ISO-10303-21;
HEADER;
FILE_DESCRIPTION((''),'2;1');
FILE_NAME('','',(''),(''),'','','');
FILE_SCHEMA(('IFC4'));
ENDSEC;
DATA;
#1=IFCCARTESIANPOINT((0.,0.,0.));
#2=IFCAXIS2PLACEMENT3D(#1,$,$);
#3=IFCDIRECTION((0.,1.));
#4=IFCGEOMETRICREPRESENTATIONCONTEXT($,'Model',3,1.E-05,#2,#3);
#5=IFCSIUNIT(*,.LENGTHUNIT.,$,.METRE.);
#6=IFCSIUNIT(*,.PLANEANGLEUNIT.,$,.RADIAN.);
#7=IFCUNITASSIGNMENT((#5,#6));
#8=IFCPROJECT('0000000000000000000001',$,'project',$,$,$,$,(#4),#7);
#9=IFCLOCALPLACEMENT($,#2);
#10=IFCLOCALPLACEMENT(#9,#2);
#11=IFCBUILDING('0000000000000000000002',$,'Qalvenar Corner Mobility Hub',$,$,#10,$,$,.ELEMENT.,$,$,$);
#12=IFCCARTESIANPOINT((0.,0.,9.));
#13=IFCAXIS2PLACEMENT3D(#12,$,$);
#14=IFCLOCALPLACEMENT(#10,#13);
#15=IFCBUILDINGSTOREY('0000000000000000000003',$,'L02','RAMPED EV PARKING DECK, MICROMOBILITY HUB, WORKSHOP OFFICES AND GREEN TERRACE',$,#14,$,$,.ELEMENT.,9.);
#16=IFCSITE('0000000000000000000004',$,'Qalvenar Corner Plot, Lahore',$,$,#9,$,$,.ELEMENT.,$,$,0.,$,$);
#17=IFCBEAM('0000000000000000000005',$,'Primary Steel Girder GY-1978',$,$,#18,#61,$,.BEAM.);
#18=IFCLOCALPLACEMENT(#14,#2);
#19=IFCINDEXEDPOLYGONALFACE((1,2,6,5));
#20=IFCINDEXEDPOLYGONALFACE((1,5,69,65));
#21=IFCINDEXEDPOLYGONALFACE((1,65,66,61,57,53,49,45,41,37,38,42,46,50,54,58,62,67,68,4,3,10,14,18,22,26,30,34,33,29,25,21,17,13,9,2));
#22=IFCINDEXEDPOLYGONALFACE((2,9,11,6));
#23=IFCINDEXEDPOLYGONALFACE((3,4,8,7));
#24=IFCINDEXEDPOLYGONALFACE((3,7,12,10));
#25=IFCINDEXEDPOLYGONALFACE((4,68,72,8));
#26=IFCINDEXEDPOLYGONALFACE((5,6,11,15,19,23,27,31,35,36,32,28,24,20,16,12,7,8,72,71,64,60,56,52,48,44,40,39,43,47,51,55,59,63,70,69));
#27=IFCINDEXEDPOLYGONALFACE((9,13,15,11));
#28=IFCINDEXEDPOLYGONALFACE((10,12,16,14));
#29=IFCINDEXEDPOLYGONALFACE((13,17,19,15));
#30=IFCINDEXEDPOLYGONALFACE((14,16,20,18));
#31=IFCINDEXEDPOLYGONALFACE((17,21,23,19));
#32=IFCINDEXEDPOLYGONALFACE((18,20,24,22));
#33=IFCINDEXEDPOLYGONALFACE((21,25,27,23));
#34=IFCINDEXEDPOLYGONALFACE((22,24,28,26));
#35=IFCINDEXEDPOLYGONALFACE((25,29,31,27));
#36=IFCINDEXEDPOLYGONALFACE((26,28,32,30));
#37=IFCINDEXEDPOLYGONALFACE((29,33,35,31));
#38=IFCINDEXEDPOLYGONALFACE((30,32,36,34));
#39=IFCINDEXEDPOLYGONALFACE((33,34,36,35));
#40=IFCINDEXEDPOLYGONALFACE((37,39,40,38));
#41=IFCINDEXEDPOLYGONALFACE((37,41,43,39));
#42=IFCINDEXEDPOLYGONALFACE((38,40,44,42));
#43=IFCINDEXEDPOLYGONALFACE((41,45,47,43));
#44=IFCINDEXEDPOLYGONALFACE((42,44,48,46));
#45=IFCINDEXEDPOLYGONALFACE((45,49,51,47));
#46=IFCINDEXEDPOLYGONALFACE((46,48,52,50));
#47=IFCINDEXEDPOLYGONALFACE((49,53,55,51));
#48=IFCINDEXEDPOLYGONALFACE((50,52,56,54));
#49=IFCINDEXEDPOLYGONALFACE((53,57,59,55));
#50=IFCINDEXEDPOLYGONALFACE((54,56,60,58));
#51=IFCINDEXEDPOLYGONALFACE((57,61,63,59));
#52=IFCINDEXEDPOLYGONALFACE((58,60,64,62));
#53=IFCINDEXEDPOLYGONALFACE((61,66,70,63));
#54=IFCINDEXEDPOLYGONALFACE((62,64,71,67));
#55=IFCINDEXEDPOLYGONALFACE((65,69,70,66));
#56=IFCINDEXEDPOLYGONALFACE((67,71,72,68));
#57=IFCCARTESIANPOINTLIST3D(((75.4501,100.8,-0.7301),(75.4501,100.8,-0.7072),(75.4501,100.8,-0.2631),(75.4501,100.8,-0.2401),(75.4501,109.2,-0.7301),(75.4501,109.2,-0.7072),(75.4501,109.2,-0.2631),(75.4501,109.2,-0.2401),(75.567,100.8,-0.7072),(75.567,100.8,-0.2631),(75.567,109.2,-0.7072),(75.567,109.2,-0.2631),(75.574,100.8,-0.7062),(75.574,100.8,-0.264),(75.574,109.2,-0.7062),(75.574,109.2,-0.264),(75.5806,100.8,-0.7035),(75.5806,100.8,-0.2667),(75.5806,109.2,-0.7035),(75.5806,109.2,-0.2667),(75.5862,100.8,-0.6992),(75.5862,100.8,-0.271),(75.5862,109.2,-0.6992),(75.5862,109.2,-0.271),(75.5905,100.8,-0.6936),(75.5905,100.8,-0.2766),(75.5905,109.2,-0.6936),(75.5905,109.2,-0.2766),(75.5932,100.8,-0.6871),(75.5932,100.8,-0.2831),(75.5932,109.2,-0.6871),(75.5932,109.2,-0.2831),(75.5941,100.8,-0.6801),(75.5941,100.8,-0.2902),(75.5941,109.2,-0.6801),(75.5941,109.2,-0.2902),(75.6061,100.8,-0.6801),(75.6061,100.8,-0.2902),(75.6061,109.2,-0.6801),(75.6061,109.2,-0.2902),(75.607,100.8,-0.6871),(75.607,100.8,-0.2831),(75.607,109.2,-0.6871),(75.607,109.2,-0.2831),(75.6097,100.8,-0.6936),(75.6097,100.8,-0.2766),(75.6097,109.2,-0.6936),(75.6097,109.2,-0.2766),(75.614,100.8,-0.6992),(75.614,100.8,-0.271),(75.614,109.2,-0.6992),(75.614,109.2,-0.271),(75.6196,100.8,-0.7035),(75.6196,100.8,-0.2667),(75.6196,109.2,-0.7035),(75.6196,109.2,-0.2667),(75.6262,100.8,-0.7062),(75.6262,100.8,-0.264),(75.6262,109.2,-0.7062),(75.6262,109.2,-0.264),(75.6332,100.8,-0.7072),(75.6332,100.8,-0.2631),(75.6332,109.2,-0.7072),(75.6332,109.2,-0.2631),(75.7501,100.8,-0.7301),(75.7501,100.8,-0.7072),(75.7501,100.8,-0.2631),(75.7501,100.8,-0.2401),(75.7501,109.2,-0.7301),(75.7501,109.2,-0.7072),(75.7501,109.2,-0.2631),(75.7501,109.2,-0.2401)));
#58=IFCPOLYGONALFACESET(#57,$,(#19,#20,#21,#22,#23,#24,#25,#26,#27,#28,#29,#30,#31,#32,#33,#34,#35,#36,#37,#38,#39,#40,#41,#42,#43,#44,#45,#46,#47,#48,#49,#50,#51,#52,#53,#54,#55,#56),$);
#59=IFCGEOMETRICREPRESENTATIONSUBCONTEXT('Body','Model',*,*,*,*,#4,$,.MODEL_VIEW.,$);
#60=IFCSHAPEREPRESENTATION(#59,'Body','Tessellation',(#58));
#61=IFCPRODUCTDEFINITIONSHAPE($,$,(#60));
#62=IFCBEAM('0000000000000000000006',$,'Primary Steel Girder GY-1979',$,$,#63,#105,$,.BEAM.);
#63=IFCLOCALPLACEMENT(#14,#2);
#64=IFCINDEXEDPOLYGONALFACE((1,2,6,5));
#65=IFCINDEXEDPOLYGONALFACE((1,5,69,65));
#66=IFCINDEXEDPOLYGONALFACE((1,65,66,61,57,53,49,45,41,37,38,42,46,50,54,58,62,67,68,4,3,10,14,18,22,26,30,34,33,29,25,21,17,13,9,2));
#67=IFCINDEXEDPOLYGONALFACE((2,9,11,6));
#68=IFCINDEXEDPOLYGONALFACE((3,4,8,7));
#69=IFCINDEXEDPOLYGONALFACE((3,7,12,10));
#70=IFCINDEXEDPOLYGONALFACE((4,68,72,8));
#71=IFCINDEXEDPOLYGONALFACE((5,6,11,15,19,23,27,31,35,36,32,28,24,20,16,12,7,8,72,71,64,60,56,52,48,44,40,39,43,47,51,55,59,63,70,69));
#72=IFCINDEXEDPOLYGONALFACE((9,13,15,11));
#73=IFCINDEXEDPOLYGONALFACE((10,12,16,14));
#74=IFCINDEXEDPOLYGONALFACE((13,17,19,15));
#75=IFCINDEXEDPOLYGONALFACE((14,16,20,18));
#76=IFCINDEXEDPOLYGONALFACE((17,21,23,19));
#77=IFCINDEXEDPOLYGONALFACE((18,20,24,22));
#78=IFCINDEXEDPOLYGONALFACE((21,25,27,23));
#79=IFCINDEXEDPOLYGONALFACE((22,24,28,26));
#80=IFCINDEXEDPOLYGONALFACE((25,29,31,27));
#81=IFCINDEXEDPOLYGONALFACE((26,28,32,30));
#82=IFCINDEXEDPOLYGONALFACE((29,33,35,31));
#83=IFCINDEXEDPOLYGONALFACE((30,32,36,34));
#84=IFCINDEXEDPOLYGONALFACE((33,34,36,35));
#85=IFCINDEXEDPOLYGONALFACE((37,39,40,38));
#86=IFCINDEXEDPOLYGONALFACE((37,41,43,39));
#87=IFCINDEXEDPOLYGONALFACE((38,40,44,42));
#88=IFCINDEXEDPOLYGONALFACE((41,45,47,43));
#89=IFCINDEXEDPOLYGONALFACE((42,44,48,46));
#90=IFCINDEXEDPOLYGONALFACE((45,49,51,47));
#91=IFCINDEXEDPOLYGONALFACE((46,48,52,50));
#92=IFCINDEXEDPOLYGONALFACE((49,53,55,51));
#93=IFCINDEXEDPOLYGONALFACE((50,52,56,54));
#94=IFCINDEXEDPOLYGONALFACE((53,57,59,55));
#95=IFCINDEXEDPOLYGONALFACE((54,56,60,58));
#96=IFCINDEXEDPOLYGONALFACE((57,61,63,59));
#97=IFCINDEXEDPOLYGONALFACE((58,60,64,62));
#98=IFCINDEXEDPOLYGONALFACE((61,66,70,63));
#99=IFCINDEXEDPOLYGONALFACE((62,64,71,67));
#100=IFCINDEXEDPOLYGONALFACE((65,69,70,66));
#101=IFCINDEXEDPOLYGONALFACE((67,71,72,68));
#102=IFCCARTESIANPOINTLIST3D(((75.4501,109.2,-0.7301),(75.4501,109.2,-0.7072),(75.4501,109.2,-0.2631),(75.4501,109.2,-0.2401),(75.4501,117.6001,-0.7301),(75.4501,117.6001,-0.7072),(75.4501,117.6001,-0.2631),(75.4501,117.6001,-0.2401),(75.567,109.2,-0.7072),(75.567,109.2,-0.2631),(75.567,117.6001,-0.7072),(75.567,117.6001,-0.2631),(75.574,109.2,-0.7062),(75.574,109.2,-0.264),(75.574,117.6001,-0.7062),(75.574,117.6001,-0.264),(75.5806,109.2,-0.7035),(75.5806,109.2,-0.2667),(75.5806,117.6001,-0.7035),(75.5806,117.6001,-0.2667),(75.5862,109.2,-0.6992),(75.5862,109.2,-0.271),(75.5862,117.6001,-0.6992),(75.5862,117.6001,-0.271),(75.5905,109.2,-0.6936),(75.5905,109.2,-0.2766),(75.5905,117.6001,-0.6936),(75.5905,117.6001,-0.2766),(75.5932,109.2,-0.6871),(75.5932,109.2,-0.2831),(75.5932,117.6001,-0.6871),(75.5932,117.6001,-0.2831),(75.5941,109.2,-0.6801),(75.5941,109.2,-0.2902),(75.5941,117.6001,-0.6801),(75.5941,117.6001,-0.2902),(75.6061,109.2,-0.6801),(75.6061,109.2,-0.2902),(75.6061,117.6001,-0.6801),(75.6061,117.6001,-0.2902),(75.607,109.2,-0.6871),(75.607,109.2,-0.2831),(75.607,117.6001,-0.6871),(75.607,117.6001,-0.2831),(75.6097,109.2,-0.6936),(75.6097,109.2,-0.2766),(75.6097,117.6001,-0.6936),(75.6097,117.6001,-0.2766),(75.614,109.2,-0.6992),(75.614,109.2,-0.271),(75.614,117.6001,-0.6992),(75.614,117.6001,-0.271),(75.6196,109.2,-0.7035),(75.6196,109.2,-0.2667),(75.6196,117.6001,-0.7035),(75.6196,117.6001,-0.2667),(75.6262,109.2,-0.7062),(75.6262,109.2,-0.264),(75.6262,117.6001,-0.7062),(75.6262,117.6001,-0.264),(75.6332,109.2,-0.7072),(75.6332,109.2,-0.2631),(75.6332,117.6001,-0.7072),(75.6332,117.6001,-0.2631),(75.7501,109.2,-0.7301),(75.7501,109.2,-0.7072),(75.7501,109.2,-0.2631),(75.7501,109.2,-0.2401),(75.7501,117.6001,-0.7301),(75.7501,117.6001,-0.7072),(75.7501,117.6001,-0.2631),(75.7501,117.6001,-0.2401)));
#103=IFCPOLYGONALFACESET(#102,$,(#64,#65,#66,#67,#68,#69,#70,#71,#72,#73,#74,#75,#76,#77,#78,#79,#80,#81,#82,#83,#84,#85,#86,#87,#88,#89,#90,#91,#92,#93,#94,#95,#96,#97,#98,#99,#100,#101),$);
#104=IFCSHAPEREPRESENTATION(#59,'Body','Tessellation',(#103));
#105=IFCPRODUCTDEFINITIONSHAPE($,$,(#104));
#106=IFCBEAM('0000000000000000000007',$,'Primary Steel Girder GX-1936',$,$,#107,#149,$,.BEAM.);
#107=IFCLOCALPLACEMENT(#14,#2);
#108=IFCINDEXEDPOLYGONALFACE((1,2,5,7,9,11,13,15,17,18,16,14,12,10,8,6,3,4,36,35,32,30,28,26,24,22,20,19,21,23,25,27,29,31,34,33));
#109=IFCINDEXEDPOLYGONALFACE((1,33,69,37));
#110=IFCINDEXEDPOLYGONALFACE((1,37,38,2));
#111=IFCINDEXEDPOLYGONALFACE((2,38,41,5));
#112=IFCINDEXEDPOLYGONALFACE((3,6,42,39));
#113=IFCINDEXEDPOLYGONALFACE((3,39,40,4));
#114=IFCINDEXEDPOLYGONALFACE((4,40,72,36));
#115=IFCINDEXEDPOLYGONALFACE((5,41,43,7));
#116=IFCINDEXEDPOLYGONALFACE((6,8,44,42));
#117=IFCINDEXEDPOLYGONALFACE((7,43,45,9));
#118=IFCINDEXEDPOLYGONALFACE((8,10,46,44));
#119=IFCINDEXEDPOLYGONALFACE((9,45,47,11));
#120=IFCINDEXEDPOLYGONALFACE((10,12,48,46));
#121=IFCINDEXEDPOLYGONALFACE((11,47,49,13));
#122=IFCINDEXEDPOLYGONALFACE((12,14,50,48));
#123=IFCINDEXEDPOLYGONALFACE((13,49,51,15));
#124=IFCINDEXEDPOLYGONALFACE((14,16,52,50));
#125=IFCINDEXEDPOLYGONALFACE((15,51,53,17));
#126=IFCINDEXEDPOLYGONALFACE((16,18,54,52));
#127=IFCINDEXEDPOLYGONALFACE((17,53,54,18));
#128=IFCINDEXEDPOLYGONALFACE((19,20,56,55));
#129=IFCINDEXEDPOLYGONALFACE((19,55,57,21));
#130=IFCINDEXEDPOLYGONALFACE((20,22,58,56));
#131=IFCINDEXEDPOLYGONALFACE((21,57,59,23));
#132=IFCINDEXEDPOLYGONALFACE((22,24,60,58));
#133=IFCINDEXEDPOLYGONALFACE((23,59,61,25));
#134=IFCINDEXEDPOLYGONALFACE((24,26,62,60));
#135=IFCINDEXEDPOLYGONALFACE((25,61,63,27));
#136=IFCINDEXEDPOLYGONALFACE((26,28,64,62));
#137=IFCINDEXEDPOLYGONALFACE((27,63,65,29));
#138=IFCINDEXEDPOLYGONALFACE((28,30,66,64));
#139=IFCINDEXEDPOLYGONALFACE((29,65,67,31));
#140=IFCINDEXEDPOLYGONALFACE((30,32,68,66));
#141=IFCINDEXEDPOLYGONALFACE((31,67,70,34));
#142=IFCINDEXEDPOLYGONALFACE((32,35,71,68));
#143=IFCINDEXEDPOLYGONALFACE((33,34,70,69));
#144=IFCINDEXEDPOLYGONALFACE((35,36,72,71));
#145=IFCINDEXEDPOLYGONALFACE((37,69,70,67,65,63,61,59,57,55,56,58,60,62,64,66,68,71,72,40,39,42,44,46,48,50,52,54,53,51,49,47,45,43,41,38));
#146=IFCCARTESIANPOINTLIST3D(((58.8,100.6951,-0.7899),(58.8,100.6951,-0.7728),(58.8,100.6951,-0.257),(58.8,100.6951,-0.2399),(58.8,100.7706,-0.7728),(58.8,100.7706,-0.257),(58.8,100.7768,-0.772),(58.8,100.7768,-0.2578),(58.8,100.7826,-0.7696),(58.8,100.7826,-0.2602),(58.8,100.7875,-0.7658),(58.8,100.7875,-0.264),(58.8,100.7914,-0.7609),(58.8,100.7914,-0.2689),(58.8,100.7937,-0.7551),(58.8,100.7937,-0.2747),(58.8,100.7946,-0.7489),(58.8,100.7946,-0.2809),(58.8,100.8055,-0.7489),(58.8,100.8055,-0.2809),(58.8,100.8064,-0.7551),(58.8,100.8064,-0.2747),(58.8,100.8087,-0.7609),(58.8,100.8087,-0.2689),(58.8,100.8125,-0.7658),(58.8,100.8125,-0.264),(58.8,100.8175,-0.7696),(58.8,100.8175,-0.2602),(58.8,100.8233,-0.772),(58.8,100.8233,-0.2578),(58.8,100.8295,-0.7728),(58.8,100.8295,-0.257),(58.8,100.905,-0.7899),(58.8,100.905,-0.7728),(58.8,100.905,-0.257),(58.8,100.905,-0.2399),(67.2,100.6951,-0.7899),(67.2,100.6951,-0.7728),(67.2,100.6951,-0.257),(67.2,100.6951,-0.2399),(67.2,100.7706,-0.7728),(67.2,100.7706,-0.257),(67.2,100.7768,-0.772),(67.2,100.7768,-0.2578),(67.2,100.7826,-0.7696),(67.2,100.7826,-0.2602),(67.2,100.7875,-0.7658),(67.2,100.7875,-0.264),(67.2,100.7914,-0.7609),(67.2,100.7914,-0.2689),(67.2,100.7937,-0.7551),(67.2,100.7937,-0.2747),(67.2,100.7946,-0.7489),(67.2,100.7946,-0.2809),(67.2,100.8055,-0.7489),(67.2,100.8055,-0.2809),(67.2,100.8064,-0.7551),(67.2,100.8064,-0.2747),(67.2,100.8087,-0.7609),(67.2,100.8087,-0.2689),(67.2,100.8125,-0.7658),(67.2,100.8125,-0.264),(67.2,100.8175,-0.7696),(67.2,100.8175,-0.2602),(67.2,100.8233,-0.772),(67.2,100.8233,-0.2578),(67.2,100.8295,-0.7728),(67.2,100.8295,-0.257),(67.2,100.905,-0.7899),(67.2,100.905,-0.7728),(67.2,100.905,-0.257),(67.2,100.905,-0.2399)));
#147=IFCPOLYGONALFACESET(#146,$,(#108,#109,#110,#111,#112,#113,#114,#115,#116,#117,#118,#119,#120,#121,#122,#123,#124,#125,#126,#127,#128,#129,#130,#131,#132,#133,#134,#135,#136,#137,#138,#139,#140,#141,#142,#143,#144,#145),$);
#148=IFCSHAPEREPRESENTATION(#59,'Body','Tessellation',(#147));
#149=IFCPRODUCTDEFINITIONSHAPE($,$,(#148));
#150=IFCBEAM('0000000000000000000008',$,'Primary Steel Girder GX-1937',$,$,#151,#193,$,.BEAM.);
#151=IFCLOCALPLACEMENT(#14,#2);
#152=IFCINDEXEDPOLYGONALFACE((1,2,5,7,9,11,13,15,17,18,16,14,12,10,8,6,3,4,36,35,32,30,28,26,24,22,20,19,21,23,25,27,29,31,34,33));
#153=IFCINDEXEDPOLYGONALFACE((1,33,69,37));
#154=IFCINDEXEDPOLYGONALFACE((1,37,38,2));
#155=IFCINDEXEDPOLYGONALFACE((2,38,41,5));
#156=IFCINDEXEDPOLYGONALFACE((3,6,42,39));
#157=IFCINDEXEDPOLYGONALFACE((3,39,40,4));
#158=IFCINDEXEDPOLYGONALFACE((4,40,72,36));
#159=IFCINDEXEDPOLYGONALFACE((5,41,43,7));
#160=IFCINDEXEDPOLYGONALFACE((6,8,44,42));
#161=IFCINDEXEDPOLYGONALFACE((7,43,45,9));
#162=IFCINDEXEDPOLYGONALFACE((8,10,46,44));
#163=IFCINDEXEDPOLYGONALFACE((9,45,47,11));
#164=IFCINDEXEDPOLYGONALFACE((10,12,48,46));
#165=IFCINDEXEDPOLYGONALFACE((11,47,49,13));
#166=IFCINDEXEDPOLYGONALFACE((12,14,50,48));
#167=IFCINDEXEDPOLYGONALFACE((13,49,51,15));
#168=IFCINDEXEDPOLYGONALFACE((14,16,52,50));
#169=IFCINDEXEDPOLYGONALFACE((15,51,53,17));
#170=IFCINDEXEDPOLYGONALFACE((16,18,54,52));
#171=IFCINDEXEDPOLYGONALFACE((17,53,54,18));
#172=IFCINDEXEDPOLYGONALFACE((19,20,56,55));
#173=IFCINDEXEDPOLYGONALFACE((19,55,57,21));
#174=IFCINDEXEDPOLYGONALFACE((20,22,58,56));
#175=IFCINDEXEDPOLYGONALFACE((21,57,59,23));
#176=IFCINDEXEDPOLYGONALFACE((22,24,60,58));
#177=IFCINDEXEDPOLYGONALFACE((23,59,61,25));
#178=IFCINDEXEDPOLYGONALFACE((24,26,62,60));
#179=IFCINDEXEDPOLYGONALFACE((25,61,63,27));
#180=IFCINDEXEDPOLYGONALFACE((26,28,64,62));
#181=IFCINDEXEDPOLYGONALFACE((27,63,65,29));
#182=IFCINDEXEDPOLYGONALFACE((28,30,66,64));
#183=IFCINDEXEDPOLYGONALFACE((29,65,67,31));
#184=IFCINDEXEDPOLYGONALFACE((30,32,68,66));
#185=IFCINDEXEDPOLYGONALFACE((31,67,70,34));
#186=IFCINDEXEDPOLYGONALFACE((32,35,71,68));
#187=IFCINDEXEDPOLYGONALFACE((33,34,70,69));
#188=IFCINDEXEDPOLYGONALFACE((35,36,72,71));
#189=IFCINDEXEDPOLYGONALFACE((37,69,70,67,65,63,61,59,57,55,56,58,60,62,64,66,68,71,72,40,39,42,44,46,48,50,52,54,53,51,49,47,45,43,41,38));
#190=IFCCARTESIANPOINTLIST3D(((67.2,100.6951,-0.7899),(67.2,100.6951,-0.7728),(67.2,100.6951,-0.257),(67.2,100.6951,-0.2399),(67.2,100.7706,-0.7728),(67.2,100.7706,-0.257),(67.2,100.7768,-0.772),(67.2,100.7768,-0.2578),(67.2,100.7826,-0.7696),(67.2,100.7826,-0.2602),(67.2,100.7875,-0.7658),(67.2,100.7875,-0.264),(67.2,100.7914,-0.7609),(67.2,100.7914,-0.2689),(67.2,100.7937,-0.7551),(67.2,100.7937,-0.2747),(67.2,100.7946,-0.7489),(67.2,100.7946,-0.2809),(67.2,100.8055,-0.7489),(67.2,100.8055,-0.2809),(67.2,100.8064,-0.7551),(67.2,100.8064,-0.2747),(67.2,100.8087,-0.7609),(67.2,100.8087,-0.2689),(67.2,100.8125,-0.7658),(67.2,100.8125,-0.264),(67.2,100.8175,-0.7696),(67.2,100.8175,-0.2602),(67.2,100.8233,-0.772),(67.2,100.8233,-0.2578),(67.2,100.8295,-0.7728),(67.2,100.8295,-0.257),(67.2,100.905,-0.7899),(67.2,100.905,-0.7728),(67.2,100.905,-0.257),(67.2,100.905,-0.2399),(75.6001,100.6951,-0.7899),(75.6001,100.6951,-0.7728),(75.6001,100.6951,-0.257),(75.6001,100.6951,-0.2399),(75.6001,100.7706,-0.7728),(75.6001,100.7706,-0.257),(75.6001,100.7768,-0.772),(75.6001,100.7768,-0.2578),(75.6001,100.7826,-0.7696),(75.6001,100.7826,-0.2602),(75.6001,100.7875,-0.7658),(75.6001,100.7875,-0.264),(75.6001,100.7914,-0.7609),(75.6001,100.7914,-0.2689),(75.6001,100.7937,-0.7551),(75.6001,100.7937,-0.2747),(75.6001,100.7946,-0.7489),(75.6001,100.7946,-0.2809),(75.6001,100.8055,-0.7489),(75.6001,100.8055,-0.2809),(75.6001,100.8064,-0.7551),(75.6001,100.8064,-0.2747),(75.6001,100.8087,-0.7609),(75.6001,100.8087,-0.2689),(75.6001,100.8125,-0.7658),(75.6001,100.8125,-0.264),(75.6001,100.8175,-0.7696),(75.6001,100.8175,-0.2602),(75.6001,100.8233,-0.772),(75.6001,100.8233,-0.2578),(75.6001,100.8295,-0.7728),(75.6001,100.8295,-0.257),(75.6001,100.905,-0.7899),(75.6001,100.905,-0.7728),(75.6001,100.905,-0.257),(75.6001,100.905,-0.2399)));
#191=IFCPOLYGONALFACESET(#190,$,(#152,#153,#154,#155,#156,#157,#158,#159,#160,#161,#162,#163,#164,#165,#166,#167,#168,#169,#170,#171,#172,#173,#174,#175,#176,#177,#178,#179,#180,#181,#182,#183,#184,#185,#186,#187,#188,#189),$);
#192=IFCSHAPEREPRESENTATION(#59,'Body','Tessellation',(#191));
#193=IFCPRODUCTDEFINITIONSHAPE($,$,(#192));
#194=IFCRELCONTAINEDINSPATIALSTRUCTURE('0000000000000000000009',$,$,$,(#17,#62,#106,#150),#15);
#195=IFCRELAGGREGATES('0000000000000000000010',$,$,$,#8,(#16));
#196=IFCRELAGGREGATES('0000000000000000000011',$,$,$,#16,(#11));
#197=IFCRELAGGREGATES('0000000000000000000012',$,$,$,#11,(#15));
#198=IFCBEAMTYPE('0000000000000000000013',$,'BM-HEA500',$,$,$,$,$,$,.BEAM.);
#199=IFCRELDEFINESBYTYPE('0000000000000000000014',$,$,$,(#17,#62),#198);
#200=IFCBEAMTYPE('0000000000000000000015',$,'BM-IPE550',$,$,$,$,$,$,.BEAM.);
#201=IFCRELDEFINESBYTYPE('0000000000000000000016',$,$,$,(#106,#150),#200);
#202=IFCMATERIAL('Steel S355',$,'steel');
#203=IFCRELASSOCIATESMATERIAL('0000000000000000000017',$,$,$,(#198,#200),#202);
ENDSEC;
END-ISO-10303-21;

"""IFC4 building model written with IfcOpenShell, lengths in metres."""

from ifc_helpers import new_model, si_unit, direction, frame, origin, origin_2d, place, context, subcontext, project, spatial, i_section, extrude, material, material_profile, profile_set, type_object, element, save


model = new_model("IFC4")

# Units and contexts
model_context = context("Model", 3, precision=1e-05, world=origin(), true_north=direction((0.0, 1.0)))
body_context = subcontext(model_context, "Body", "Model", "MODEL_VIEW")
ifc_project = project(units=[si_unit("LENGTHUNIT", "METRE"), si_unit("PLANEANGLEUNIT", "RADIAN")], contexts=[model_context])

# Site, building, storey
site_placement = place(None, origin())
site = spatial("IfcSite", under=ifc_project, at=site_placement, Name="Qalvenar Corner Plot, Lahore", CompositionType="ELEMENT", RefElevation=0.0)
building_placement = place(site_placement, origin())
building = spatial("IfcBuilding", under=site, at=building_placement, Name="Qalvenar Corner Mobility Hub", CompositionType="ELEMENT")
storey_placement = place(building_placement, frame((0.0, 0.0, 9.0)))
storey = spatial("IfcBuildingStorey", under=building, at=storey_placement, Name="L02", Description="RAMPED EV PARKING DECK, MICROMOBILITY HUB, WORKSHOP OFFICES AND GREEN TERRACE", CompositionType="ELEMENT", Elevation=9.0)

# Shared definitions
ifc_material = material(Name="Steel S355", Category="steel")

# Beams
ifc_material_profile_1 = material_profile(ifc_material, i_section(OverallWidth=0.3, OverallDepth=0.49, WebThickness=0.012, FlangeThickness=0.0229, FilletRadius=0.0271, at=origin_2d()), Name="HEA500")
ifc_profile_set_1 = profile_set([ifc_material_profile_1], Name="Steel S355")
beam_type_1 = type_object("IfcBeamType", Name="BM-HEA500", PredefinedType="BEAM", material=ifc_profile_set_1)
beam_1_placement = place(storey_placement, frame((75.6001, 100.8, -0.4851), z_axis=(0.0, 1.0, 0.0), x_axis=(-1.0, 0.0, 0.0)))
element("IfcBeam", 1, at=beam_1_placement, inside=storey, type_object=beam_type_1, Name="Primary Steel Girder GY-1978", PredefinedType="BEAM", context=body_context, shape_type="SweptSolid", body=[
    extrude(i_section(OverallWidth=0.3, OverallDepth=0.49, WebThickness=0.012, FlangeThickness=0.0229, FilletRadius=0.0271, at=origin_2d()), origin(), (0.0, 0.0, 1.0), 8.3999),
])
beam_2_placement = place(storey_placement, frame((75.6001, 109.2, -0.4851), z_axis=(0.0, 1.0, 0.0), x_axis=(-1.0, 0.0, 0.0)))
element("IfcBeam", 2, at=beam_2_placement, inside=storey, type_object=beam_type_1, Name="Primary Steel Girder GY-1979", PredefinedType="BEAM", context=body_context, shape_type="SweptSolid", body=[
    extrude(i_section(OverallWidth=0.3, OverallDepth=0.49, WebThickness=0.012, FlangeThickness=0.0229, FilletRadius=0.0271, at=origin_2d()), origin(), (0.0, 0.0, 1.0), 8.4001),
])
ifc_material_profile_2 = material_profile(ifc_material, i_section(OverallWidth=0.21, OverallDepth=0.55, WebThickness=0.011, FlangeThickness=0.0171, FilletRadius=0.0239, at=origin_2d()), Name="IPE550")
ifc_profile_set_2 = profile_set([ifc_material_profile_2], Name="Steel S355")
beam_type_2 = type_object("IfcBeamType", Name="BM-IPE550", PredefinedType="BEAM", material=ifc_profile_set_2)
beam_3_placement = place(storey_placement, frame((58.8, 100.8, -0.5149), z_axis=(1.0, 0.0, 0.0), x_axis=(0.0, 1.0, 0.0)))
element("IfcBeam", 3, at=beam_3_placement, inside=storey, type_object=beam_type_2, Name="Primary Steel Girder GX-1936", PredefinedType="BEAM", context=body_context, shape_type="SweptSolid", body=[
    extrude(i_section(OverallWidth=0.21, OverallDepth=0.55, WebThickness=0.011, FlangeThickness=0.0171, FilletRadius=0.0239, at=origin_2d()), origin(), (0.0, 0.0, 1.0), 8.3999),
])
beam_4_placement = place(storey_placement, frame((67.2, 100.8, -0.5149), z_axis=(1.0, 0.0, 0.0), x_axis=(0.0, 1.0, 0.0)))
element("IfcBeam", 4, at=beam_4_placement, inside=storey, type_object=beam_type_2, Name="Primary Steel Girder GX-1937", PredefinedType="BEAM", context=body_context, shape_type="SweptSolid", body=[
    extrude(i_section(OverallWidth=0.21, OverallDepth=0.55, WebThickness=0.011, FlangeThickness=0.0171, FilletRadius=0.0239, at=origin_2d()), origin(), (0.0, 0.0, 1.0), 8.4001),
])

save(model, "model.ifc")
